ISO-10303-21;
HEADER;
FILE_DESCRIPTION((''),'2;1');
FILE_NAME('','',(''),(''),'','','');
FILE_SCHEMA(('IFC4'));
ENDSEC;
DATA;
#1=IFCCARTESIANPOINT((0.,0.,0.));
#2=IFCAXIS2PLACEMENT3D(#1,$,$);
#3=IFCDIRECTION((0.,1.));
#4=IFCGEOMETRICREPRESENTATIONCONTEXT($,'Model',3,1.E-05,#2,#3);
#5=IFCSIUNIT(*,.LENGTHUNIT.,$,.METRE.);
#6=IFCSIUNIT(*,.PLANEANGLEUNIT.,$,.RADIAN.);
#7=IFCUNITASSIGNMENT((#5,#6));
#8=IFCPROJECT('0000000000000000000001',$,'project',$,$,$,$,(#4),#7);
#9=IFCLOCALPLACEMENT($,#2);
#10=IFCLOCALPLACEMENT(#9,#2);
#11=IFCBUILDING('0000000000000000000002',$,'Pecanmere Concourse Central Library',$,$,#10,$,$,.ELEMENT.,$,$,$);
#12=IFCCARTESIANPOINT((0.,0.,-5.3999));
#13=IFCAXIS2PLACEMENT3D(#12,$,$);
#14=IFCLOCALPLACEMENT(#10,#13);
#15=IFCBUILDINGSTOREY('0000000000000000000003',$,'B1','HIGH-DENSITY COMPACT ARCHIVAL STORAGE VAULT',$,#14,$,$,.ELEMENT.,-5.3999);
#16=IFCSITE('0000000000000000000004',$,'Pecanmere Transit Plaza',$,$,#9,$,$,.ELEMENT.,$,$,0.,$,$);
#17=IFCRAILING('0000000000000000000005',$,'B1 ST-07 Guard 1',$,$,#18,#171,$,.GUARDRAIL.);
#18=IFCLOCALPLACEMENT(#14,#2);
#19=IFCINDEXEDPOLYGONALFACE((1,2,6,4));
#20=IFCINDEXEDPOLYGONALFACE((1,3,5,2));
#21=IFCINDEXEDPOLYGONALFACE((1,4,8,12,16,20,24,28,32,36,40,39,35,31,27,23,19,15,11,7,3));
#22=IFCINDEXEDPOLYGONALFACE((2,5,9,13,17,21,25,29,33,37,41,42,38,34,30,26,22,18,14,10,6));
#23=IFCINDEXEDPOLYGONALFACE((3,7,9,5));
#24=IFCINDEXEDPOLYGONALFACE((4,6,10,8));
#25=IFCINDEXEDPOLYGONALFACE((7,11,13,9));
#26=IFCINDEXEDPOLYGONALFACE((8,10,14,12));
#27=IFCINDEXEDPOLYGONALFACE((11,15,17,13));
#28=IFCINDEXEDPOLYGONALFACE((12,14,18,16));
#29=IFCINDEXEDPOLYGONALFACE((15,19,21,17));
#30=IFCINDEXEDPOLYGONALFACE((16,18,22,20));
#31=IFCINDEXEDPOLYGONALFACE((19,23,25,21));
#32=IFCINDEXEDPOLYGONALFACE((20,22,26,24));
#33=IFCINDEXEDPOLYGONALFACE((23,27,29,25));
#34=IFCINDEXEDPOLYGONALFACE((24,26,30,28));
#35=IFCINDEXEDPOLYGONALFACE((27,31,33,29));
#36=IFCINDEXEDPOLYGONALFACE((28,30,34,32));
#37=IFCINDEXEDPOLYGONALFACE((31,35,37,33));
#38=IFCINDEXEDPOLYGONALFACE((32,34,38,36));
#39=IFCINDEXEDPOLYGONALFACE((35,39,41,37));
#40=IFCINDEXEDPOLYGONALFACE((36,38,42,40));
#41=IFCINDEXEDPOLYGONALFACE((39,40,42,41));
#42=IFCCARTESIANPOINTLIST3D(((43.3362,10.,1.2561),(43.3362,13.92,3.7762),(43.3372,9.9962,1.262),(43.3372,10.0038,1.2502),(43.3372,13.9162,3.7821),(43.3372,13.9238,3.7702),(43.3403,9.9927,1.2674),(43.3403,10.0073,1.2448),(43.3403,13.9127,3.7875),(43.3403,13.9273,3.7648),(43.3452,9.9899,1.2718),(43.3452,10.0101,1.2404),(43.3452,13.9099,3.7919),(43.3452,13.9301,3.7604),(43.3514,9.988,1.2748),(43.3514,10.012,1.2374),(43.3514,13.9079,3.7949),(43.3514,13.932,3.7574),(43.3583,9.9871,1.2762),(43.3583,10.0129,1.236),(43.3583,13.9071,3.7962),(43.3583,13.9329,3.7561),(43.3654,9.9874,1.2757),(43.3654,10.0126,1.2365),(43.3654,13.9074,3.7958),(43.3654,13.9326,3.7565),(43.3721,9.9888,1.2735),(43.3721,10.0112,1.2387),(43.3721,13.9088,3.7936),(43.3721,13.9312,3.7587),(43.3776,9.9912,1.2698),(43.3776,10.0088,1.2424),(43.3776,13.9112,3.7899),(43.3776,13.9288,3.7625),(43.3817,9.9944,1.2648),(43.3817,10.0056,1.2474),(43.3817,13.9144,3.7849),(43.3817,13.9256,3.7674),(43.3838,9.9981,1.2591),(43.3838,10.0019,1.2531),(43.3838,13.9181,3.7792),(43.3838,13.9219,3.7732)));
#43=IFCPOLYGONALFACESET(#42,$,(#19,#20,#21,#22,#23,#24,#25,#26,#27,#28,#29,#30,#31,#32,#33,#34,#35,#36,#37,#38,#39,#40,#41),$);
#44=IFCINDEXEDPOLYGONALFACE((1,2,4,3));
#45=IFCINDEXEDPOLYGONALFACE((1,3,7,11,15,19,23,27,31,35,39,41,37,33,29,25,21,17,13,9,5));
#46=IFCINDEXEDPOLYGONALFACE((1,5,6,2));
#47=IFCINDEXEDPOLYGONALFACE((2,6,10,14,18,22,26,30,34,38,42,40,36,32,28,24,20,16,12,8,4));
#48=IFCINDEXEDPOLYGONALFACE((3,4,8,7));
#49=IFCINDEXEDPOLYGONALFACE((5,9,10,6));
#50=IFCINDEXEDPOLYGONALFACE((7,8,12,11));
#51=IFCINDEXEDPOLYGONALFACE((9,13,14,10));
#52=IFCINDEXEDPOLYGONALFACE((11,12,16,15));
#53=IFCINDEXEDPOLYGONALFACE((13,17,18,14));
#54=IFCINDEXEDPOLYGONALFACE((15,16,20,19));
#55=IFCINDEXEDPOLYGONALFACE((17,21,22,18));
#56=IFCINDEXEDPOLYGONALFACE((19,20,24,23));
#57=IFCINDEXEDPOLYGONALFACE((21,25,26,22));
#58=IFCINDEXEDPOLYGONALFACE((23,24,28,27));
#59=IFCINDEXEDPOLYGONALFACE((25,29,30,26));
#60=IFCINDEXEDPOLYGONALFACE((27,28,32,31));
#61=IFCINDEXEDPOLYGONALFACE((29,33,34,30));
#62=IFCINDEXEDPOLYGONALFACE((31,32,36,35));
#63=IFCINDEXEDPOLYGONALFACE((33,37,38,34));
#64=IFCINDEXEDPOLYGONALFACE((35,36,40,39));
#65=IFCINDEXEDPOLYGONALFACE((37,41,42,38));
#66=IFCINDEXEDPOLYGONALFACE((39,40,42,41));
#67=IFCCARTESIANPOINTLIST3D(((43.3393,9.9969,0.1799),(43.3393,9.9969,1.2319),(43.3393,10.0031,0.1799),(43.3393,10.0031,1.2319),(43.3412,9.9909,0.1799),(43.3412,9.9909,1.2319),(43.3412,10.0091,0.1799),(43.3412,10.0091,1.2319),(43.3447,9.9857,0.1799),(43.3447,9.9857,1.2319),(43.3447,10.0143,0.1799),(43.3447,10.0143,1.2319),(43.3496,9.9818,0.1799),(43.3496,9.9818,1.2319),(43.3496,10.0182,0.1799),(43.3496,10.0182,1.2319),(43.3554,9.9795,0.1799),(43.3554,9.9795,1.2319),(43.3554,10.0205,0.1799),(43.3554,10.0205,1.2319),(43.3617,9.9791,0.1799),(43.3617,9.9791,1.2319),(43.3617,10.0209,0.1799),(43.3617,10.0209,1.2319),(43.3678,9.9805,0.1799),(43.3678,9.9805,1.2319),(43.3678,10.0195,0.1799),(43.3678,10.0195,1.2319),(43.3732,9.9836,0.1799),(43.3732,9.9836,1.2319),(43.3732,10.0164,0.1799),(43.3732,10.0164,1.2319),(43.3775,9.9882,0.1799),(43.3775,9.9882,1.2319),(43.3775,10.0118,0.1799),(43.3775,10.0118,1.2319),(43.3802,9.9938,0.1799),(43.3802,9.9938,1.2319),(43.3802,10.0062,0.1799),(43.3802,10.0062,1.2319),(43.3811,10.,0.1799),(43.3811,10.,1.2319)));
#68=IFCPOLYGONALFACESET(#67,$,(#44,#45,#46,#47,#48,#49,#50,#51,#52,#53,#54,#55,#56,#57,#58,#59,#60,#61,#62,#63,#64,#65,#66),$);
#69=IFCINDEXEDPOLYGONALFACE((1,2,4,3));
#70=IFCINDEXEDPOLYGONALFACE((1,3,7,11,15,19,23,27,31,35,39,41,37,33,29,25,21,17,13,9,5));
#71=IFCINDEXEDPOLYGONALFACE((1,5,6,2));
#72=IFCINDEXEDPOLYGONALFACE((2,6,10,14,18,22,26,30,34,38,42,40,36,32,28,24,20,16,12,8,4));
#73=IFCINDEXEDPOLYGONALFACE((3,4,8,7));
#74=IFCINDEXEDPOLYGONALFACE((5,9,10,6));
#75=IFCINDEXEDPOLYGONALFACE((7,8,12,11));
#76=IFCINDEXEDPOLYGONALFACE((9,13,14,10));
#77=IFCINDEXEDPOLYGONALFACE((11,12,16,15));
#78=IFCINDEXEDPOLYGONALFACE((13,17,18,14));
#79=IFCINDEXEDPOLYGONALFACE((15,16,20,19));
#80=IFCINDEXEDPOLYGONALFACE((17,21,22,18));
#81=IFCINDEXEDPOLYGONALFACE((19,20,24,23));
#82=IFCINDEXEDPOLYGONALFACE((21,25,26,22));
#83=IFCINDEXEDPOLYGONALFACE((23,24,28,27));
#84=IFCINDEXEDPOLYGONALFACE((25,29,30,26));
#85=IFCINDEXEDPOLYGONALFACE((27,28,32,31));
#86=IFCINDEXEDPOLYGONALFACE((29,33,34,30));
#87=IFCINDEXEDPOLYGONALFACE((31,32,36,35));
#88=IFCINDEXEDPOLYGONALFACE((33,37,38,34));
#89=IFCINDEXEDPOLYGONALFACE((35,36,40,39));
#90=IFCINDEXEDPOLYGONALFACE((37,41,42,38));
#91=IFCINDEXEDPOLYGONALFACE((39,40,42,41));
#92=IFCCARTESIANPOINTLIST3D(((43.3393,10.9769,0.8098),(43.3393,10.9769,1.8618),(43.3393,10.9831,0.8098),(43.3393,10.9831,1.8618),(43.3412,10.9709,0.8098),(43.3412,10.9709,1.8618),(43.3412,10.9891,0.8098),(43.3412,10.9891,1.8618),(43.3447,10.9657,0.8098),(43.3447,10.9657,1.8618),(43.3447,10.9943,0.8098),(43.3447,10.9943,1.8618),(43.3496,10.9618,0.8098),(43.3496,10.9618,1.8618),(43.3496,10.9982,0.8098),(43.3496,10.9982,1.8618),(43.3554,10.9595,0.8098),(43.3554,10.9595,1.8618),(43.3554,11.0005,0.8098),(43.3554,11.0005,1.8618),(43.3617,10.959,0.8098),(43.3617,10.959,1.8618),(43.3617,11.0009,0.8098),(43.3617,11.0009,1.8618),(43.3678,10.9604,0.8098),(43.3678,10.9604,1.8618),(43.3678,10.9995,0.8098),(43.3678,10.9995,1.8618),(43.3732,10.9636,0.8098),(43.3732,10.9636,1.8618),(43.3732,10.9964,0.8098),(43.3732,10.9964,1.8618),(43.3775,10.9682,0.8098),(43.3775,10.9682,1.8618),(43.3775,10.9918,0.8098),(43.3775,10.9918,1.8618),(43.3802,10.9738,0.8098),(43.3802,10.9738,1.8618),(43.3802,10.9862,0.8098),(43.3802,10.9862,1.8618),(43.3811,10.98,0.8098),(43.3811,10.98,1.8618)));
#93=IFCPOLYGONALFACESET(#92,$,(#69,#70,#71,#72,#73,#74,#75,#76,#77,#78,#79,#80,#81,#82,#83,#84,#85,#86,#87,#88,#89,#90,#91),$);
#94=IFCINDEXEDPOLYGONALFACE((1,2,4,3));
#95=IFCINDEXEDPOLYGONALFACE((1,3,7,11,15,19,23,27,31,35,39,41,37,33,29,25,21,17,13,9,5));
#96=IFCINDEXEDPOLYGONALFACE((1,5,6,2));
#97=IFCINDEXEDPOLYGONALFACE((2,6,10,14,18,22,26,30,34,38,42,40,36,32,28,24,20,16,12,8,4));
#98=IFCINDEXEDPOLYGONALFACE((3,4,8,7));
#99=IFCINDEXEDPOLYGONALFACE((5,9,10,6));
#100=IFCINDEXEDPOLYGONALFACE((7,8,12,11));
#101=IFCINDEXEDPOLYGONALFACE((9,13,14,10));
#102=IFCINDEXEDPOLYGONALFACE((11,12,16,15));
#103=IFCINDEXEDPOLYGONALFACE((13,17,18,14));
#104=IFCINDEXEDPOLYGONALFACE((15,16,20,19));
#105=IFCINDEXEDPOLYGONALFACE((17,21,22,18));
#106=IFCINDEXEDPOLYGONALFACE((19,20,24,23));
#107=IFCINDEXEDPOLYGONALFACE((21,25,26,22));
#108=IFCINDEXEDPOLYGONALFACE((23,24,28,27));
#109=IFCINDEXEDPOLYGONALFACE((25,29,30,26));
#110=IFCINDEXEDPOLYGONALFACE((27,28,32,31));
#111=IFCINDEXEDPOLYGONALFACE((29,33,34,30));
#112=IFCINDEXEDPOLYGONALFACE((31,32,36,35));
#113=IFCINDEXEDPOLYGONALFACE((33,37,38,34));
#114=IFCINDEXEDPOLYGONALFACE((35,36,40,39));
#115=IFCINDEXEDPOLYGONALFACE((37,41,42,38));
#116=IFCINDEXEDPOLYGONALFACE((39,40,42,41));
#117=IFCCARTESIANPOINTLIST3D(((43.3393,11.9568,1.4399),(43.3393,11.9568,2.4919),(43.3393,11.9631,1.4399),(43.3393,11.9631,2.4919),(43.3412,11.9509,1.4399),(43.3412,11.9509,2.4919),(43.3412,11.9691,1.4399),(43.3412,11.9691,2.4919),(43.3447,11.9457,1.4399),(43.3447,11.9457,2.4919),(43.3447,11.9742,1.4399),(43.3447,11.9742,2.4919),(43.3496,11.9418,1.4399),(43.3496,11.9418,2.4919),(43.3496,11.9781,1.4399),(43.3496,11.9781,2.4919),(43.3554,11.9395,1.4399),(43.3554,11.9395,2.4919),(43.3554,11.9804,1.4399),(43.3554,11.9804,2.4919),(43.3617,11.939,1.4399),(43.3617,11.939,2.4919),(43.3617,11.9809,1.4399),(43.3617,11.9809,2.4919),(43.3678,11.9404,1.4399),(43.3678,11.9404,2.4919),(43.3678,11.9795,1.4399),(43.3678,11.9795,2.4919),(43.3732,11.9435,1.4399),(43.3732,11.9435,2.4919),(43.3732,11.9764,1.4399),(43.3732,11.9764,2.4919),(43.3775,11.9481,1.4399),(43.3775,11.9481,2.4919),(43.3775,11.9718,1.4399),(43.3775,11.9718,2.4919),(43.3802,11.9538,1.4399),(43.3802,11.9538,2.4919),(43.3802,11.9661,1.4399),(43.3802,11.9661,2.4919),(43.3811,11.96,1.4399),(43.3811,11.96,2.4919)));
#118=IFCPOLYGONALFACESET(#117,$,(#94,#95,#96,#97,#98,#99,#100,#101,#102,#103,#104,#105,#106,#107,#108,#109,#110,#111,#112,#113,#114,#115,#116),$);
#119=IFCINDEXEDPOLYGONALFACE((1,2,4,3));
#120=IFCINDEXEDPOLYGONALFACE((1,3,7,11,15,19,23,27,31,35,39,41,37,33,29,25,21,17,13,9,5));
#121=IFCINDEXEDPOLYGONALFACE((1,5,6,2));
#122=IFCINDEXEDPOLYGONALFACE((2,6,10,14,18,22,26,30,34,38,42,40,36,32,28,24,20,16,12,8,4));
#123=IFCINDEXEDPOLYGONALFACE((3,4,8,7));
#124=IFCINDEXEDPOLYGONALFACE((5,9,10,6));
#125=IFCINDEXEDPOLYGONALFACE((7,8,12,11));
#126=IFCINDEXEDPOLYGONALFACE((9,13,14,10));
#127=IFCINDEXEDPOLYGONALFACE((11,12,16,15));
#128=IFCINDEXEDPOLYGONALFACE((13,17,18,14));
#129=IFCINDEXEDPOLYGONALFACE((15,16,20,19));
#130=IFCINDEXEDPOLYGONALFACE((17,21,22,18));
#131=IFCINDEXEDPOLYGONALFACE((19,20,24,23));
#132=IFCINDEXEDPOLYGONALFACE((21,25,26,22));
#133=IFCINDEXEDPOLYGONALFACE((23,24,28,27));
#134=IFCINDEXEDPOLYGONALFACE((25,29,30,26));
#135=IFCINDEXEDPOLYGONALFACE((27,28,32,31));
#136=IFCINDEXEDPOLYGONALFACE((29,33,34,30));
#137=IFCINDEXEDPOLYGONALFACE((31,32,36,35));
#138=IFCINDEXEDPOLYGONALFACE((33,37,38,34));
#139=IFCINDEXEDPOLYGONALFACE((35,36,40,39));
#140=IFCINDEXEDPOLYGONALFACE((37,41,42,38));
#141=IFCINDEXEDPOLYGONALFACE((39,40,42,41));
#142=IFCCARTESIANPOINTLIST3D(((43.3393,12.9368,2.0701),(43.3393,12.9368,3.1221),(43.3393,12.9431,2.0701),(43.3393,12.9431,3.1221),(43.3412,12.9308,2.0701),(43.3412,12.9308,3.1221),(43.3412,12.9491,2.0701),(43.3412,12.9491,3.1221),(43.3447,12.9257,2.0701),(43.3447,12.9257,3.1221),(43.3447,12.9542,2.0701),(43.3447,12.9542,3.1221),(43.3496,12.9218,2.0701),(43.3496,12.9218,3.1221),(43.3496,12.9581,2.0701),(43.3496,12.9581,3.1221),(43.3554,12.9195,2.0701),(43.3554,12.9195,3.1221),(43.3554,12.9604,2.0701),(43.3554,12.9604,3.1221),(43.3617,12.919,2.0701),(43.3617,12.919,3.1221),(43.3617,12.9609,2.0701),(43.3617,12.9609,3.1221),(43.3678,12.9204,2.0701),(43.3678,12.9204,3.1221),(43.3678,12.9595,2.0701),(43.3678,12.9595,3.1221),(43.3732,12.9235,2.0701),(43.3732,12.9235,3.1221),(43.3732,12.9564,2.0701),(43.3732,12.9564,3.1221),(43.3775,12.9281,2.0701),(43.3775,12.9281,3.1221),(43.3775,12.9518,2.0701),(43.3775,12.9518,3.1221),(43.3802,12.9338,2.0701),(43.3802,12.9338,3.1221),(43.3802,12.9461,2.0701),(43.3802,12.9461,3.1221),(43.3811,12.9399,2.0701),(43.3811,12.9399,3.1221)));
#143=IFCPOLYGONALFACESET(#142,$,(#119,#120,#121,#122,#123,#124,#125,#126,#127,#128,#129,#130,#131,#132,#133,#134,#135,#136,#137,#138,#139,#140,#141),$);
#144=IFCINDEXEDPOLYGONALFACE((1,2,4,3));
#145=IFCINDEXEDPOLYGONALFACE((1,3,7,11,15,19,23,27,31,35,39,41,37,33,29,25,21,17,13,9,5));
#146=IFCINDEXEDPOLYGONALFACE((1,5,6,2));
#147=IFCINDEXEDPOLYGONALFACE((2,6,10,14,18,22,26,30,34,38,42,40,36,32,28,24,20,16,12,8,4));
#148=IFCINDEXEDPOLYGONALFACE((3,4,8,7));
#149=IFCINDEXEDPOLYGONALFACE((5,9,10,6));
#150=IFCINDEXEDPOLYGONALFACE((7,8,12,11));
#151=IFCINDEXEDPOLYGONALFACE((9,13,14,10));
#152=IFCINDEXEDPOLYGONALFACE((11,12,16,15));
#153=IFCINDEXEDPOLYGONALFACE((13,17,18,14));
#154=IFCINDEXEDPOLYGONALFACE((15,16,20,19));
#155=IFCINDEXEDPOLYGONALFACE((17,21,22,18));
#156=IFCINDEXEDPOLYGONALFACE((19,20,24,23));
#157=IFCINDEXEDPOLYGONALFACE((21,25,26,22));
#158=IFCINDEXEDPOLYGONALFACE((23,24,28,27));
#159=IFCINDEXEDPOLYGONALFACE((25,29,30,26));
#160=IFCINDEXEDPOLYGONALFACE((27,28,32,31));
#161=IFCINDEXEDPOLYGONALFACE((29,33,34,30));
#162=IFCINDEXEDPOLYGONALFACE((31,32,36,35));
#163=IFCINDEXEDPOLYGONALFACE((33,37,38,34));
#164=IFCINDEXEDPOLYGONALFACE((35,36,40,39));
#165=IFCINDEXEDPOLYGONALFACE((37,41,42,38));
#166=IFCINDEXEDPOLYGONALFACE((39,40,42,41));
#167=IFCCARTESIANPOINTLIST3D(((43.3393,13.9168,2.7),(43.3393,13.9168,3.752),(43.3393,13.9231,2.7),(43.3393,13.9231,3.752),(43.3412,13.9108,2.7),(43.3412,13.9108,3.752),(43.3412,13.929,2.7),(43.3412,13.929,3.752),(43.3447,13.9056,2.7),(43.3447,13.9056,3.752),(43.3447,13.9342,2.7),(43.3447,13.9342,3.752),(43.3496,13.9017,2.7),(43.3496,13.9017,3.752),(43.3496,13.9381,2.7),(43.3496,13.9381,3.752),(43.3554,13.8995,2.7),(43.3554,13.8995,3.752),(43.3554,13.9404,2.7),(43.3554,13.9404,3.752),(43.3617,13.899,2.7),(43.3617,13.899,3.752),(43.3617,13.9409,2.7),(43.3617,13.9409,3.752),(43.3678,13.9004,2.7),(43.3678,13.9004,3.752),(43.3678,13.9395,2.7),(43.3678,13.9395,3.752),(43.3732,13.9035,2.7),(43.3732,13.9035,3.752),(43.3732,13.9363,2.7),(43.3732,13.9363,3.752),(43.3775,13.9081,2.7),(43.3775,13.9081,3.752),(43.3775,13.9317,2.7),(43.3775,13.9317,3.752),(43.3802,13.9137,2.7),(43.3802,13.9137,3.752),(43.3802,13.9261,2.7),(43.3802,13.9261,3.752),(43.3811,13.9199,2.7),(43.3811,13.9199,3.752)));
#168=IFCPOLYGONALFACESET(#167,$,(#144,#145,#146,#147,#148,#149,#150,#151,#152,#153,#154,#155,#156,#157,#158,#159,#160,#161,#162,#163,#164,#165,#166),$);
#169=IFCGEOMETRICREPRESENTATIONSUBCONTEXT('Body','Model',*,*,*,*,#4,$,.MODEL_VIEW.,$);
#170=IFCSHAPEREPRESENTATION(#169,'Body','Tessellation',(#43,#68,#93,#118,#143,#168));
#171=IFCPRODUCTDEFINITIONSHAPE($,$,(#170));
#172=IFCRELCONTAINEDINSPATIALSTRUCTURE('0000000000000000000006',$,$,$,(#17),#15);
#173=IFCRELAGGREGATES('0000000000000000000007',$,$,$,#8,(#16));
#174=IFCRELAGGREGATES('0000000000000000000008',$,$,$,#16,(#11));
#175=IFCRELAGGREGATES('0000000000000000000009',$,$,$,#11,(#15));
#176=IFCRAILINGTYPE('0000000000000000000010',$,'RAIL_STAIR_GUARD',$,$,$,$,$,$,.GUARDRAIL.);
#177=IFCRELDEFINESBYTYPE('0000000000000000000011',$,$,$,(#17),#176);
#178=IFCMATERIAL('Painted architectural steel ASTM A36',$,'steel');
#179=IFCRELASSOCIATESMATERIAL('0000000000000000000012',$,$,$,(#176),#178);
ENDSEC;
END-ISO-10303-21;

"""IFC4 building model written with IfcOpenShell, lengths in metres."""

from ifc_helpers import new_model, si_unit, direction, frame, origin, origin_2d, place, context, subcontext, project, spatial, circle, extrude, material, type_object, element, save


model = new_model("IFC4")

# Units and contexts
model_context = context("Model", 3, precision=1e-05, world=origin(), true_north=direction((0.0, 1.0)))
body_context = subcontext(model_context, "Body", "Model", "MODEL_VIEW")
ifc_project = project(units=[si_unit("LENGTHUNIT", "METRE"), si_unit("PLANEANGLEUNIT", "RADIAN")], contexts=[model_context])

# Site, building, storey
site_placement = place(None, origin())
site = spatial("IfcSite", under=ifc_project, at=site_placement, Name="Pecanmere Transit Plaza", CompositionType="ELEMENT", RefElevation=0.0)
building_placement = place(site_placement, origin())
building = spatial("IfcBuilding", under=site, at=building_placement, Name="Pecanmere Concourse Central Library", CompositionType="ELEMENT")
storey_placement = place(building_placement, frame((0.0, 0.0, -5.3999)))
storey = spatial("IfcBuildingStorey", under=building, at=storey_placement, Name="B1", Description="HIGH-DENSITY COMPACT ARCHIVAL STORAGE VAULT", CompositionType="ELEMENT", Elevation=-5.3999)

# Railing
ifc_material_1 = material(Name="Painted architectural steel ASTM A36", Category="steel")
railing_type_1 = type_object("IfcRailingType", Name="RAIL_STAIR_GUARD", PredefinedType="GUARDRAIL", material=ifc_material_1)
railing_1_placement = place(storey_placement, frame((43.3601, 10.0, 0.1799)))
element("IfcRailing", 1, at=railing_1_placement, inside=storey, type_object=railing_type_1, Name="B1 ST-07 Guard 1", PredefinedType="GUARDRAIL", context=body_context, shape_type="SweptSolid", body=[
    extrude(circle(Radius=0.0239, at=origin_2d()), frame((0.0, 0.0, 1.0762), z_axis=(0.0, 0.841172, 0.540768), x_axis=(-1.0, 0.0, 0.0)), (0.0, 0.0, 1.0), 4.6602),
    extrude(circle(Radius=0.021, at=origin_2d()), origin(), (0.0, 0.0, 1.0), 1.052),
    extrude(circle(Radius=0.021, at=origin_2d()), frame((0.0, 0.98, 0.6299)), (0.0, 0.0, 1.0), 1.052),
    extrude(circle(Radius=0.021, at=origin_2d()), frame((0.0, 1.96, 1.26)), (0.0, 0.0, 1.0), 1.052),
    extrude(circle(Radius=0.021, at=origin_2d()), frame((0.0, 2.9399, 1.8901)), (0.0, 0.0, 1.0), 1.052),
    extrude(circle(Radius=0.021, at=origin_2d()), frame((0.0, 3.9199, 2.52)), (0.0, 0.0, 1.0), 1.052),
])

save(model, "model.ifc")
